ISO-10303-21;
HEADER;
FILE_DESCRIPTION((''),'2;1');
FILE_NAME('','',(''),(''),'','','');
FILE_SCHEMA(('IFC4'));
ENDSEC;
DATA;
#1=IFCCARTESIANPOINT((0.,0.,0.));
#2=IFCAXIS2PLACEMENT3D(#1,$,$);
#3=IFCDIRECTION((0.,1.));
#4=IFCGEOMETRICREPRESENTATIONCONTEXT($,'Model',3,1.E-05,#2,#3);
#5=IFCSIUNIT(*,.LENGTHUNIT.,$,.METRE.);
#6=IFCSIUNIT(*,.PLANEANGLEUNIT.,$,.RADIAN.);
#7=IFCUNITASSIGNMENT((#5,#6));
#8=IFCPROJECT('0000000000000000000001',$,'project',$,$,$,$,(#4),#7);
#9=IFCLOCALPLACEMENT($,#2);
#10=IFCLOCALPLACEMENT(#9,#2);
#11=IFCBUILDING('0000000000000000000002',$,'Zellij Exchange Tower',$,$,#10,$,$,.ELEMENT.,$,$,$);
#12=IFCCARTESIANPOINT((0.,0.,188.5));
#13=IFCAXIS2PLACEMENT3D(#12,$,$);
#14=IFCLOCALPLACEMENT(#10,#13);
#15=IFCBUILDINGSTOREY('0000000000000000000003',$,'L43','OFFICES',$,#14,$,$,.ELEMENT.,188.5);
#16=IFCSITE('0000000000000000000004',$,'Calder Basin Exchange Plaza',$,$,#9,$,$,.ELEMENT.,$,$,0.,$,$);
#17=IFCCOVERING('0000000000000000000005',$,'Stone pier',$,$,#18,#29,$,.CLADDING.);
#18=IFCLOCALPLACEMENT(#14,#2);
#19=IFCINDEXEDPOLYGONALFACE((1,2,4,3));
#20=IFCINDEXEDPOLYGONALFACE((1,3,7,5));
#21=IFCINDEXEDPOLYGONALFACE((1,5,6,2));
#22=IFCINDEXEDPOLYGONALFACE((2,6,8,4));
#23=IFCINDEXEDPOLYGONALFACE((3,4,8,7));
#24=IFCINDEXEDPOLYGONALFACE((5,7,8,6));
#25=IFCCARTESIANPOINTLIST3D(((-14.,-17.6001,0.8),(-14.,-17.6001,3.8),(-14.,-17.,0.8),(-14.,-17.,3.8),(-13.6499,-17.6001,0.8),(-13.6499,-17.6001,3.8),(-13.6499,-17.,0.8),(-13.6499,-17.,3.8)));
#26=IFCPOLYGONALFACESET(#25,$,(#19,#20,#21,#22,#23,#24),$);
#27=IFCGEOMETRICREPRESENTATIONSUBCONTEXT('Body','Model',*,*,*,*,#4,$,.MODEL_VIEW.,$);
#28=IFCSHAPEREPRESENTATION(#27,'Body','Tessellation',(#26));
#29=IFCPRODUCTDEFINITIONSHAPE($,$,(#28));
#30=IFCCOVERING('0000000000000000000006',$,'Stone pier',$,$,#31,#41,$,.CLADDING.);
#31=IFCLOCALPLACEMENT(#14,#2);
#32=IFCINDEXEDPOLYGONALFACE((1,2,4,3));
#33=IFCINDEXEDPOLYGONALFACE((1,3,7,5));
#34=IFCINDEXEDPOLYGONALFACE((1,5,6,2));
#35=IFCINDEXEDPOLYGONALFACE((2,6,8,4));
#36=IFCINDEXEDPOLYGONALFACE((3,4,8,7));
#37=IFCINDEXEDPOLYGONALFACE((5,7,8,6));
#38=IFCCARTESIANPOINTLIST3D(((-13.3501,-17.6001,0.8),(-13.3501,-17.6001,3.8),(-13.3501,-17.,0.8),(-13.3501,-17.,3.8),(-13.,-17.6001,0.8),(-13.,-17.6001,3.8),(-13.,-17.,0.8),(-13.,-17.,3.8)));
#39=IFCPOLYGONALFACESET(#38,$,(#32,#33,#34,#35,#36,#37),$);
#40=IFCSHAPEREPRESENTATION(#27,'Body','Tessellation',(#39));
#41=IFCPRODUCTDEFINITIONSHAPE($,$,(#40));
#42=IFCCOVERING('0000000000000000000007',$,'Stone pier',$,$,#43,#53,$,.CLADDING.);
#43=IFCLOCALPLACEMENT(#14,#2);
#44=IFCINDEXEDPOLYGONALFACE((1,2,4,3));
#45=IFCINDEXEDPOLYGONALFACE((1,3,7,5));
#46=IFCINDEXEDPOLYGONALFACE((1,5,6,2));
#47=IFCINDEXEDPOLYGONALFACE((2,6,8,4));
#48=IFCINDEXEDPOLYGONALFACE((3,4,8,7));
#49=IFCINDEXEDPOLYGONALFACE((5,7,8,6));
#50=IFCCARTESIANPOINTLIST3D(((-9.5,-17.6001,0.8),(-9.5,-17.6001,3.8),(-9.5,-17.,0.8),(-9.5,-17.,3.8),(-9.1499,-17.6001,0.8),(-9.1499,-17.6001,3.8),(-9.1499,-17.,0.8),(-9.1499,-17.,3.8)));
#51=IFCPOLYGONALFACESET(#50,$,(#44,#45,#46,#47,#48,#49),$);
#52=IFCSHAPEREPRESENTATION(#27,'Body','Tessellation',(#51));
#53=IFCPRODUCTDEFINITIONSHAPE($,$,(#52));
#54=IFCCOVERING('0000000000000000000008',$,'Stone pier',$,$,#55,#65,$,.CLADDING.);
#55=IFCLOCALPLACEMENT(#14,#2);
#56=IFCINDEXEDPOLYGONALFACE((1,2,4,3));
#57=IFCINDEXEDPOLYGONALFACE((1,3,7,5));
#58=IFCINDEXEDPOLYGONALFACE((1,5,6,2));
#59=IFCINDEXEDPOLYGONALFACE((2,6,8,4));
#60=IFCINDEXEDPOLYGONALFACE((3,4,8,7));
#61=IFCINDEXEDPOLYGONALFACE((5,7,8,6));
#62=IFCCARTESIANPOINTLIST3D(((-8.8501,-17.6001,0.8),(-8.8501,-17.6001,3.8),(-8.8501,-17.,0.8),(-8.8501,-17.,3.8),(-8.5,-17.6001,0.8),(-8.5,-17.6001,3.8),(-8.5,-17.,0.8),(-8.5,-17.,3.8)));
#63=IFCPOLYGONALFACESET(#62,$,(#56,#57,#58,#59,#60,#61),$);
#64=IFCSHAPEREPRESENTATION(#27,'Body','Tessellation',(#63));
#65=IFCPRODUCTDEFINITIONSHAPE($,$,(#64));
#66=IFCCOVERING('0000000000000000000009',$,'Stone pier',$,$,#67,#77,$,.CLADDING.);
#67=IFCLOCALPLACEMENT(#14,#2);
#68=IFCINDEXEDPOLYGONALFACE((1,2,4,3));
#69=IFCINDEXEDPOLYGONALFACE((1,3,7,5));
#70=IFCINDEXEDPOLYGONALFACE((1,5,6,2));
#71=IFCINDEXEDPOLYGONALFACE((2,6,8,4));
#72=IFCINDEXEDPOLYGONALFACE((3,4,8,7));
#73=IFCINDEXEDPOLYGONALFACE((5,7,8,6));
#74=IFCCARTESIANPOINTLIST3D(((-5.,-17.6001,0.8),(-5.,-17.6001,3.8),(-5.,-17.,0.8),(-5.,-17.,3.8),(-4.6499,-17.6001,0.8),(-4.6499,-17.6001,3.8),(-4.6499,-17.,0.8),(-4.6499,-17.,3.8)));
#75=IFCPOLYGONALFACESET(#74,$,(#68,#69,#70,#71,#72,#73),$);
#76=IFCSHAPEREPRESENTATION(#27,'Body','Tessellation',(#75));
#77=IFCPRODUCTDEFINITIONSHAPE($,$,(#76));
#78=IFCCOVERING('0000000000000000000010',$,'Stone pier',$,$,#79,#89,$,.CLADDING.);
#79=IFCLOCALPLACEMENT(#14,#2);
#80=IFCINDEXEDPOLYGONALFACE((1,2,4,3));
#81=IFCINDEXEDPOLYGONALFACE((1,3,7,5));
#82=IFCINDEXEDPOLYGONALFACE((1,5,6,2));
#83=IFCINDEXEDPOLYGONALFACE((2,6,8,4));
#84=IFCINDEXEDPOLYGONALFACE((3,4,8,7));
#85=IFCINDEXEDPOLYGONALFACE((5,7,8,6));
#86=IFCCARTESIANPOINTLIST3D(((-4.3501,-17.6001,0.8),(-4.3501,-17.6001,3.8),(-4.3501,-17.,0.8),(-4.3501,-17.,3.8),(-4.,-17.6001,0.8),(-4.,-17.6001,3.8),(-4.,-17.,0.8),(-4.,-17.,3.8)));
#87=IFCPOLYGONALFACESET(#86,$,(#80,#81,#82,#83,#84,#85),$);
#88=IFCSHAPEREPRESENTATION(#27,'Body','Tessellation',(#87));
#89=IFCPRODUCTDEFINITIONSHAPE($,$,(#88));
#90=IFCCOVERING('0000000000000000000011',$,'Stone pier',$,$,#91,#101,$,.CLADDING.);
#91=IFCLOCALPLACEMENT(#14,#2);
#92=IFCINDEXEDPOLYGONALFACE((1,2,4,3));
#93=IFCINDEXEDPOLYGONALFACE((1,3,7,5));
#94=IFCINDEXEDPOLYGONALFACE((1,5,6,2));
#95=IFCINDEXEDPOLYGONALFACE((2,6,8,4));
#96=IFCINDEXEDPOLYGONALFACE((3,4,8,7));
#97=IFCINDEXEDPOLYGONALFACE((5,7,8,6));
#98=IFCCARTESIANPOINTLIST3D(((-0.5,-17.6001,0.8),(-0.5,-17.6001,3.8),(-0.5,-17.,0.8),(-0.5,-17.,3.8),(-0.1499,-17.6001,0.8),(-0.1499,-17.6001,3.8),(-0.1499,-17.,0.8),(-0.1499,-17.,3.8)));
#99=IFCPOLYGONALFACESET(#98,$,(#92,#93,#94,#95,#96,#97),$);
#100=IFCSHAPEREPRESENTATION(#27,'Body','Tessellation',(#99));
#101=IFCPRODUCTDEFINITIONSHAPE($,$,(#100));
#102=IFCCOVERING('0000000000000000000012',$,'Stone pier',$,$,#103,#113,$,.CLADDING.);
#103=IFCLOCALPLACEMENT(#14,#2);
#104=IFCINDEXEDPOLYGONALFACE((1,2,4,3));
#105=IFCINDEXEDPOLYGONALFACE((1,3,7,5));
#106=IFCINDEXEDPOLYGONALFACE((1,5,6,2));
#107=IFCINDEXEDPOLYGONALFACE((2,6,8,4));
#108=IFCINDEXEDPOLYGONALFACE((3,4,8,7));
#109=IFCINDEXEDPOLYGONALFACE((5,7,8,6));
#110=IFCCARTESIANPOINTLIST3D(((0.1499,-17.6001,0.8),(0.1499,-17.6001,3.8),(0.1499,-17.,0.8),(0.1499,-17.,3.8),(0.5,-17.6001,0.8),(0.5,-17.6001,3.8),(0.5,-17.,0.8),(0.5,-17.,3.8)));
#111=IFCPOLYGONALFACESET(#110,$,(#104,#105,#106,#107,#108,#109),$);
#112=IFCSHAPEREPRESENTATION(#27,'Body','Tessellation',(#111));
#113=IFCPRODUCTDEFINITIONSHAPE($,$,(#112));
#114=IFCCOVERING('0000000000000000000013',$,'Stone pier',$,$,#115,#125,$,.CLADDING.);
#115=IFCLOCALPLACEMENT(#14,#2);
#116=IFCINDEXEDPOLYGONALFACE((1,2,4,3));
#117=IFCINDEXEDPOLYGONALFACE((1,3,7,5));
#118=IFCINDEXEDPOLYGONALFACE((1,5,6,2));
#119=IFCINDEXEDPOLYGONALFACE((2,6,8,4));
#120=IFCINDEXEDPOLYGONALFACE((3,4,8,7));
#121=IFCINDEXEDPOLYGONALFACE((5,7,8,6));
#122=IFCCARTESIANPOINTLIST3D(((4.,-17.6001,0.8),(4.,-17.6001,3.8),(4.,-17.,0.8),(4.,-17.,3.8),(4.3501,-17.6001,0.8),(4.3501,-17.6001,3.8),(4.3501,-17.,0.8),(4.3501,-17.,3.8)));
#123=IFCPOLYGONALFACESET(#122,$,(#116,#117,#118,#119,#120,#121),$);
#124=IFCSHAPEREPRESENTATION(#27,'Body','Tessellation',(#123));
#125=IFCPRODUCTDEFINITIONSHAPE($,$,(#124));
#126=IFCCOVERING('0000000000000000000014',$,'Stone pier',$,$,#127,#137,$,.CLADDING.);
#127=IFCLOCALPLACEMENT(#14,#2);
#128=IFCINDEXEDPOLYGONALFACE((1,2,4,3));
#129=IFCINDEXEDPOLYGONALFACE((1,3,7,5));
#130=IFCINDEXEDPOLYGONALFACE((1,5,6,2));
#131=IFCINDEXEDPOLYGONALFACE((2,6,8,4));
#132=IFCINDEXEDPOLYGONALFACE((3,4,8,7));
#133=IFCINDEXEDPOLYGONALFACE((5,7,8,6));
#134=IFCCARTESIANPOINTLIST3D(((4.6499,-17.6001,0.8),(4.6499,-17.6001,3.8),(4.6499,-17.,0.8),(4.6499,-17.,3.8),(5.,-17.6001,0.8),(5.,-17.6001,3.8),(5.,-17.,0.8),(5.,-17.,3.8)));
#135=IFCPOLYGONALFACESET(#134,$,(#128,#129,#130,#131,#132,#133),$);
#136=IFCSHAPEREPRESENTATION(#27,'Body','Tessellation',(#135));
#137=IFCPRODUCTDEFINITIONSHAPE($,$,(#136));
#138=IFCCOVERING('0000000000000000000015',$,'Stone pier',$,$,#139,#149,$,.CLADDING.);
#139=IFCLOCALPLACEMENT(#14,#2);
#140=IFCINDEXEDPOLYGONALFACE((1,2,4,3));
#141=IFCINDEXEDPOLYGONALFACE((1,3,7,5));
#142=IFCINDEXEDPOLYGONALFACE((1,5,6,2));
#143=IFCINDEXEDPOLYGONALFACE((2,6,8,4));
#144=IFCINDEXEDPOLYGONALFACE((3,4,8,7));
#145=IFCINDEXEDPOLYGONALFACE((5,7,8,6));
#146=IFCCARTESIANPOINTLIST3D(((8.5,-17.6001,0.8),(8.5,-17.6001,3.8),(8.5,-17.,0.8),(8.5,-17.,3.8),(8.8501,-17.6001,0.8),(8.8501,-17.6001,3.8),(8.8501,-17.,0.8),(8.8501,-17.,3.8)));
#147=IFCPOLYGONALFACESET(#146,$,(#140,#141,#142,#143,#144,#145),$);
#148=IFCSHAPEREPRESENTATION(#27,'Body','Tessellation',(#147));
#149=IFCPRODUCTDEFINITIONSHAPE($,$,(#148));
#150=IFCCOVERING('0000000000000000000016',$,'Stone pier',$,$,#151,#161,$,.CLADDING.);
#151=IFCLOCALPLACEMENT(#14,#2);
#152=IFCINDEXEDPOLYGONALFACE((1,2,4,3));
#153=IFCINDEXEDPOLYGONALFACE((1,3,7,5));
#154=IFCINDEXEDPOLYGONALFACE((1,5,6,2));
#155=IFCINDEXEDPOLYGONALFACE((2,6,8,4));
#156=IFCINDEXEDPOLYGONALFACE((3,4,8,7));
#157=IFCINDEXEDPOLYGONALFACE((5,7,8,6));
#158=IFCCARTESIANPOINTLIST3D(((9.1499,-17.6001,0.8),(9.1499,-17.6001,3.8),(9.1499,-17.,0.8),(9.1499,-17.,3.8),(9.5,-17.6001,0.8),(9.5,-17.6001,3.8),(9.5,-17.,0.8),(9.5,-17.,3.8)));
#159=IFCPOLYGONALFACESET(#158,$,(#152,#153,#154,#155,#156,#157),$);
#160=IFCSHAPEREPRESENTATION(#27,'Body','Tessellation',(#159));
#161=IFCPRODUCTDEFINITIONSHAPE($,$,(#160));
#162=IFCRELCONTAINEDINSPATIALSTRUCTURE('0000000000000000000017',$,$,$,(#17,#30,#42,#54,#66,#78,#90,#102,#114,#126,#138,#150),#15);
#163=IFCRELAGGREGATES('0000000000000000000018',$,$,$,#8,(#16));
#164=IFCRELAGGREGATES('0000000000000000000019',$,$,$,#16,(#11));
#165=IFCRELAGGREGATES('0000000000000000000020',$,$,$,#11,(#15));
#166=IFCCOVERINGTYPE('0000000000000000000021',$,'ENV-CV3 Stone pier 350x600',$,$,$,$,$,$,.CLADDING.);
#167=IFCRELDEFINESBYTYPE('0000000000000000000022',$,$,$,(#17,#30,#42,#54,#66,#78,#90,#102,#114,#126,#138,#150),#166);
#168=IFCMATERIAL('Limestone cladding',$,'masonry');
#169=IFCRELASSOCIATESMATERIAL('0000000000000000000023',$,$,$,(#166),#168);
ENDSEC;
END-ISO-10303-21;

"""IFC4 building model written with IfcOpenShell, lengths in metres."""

from ifc_helpers import new_model, si_unit, direction, frame, origin, place, context, subcontext, project, spatial, polyline, outline, extrude, material, type_object, element, save


model = new_model("IFC4")

# Units and contexts
model_context = context("Model", 3, precision=1e-05, world=origin(), true_north=direction((0.0, 1.0)))
body_context = subcontext(model_context, "Body", "Model", "MODEL_VIEW")
ifc_project = project(units=[si_unit("LENGTHUNIT", "METRE"), si_unit("PLANEANGLEUNIT", "RADIAN")], contexts=[model_context])

# Site, building, storey
site_placement = place(None, origin())
site = spatial("IfcSite", under=ifc_project, at=site_placement, Name="Calder Basin Exchange Plaza", CompositionType="ELEMENT", RefElevation=0.0)
building_placement = place(site_placement, origin())
building = spatial("IfcBuilding", under=site, at=building_placement, Name="Zellij Exchange Tower", CompositionType="ELEMENT")
storey_placement = place(building_placement, frame((0.0, 0.0, 188.5)))
storey = spatial("IfcBuildingStorey", under=building, at=storey_placement, Name="L43", Description="OFFICES", CompositionType="ELEMENT", Elevation=188.5)

# Coverings
ifc_material_1 = material(Name="Limestone cladding", Category="masonry")
covering_type = type_object("IfcCoveringType", Name="ENV-CV3 Stone pier 350x600", PredefinedType="CLADDING", material=ifc_material_1)
covering_1_placement = place(storey_placement, frame((0.0, 0.0, 0.8)))
element("IfcCovering", 1, at=covering_1_placement, inside=storey, type_object=covering_type, Name="Stone pier", PredefinedType="CLADDING", context=body_context, shape_type="SweptSolid", body=[
    extrude(outline(polyline([(-14.0, -17.0), (-13.6499, -17.0), (-13.6499, -17.6001), (-14.0, -17.6001), (-14.0, -17.0)])), origin(), (0.0, 0.0, 1.0), 3.0),
])
covering_2_placement = place(storey_placement, frame((0.0, 0.0, 0.8)))
element("IfcCovering", 2, at=covering_2_placement, inside=storey, type_object=covering_type, Name="Stone pier", PredefinedType="CLADDING", context=body_context, shape_type="SweptSolid", body=[
    extrude(outline(polyline([(-13.3501, -17.0), (-13.0, -17.0), (-13.0, -17.6001), (-13.3501, -17.6001), (-13.3501, -17.0)])), origin(), (0.0, 0.0, 1.0), 3.0),
])
covering_3_placement = place(storey_placement, frame((0.0, 0.0, 0.8)))
element("IfcCovering", 3, at=covering_3_placement, inside=storey, type_object=covering_type, Name="Stone pier", PredefinedType="CLADDING", context=body_context, shape_type="SweptSolid", body=[
    extrude(outline(polyline([(-9.5, -17.0), (-9.1499, -17.0), (-9.1499, -17.6001), (-9.5, -17.6001), (-9.5, -17.0)])), origin(), (0.0, 0.0, 1.0), 3.0),
])
covering_4_placement = place(storey_placement, frame((0.0, 0.0, 0.8)))
element("IfcCovering", 4, at=covering_4_placement, inside=storey, type_object=covering_type, Name="Stone pier", PredefinedType="CLADDING", context=body_context, shape_type="SweptSolid", body=[
    extrude(outline(polyline([(-8.8501, -17.0), (-8.5, -17.0), (-8.5, -17.6001), (-8.8501, -17.6001), (-8.8501, -17.0)])), origin(), (0.0, 0.0, 1.0), 3.0),
])
covering_5_placement = place(storey_placement, frame((0.0, 0.0, 0.8)))
element("IfcCovering", 5, at=covering_5_placement, inside=storey, type_object=covering_type, Name="Stone pier", PredefinedType="CLADDING", context=body_context, shape_type="SweptSolid", body=[
    extrude(outline(polyline([(-5.0, -17.0), (-4.6499, -17.0), (-4.6499, -17.6001), (-5.0, -17.6001), (-5.0, -17.0)])), origin(), (0.0, 0.0, 1.0), 3.0),
])
covering_6_placement = place(storey_placement, frame((0.0, 0.0, 0.8)))
element("IfcCovering", 6, at=covering_6_placement, inside=storey, type_object=covering_type, Name="Stone pier", PredefinedType="CLADDING", context=body_context, shape_type="SweptSolid", body=[
    extrude(outline(polyline([(-4.3501, -17.0), (-4.0, -17.0), (-4.0, -17.6001), (-4.3501, -17.6001), (-4.3501, -17.0)])), origin(), (0.0, 0.0, 1.0), 3.0),
])
covering_7_placement = place(storey_placement, frame((0.0, 0.0, 0.8)))
element("IfcCovering", 7, at=covering_7_placement, inside=storey, type_object=covering_type, Name="Stone pier", PredefinedType="CLADDING", context=body_context, shape_type="SweptSolid", body=[
    extrude(outline(polyline([(-0.5, -17.0), (-0.1499, -17.0), (-0.1499, -17.6001), (-0.5, -17.6001), (-0.5, -17.0)])), origin(), (0.0, 0.0, 1.0), 3.0),
])
covering_8_placement = place(storey_placement, frame((0.0, 0.0, 0.8)))
element("IfcCovering", 8, at=covering_8_placement, inside=storey, type_object=covering_type, Name="Stone pier", PredefinedType="CLADDING", context=body_context, shape_type="SweptSolid", body=[
    extrude(outline(polyline([(0.1499, -17.0), (0.5, -17.0), (0.5, -17.6001), (0.1499, -17.6001), (0.1499, -17.0)])), origin(), (0.0, 0.0, 1.0), 3.0),
])
covering_9_placement = place(storey_placement, frame((0.0, 0.0, 0.8)))
element("IfcCovering", 9, at=covering_9_placement, inside=storey, type_object=covering_type, Name="Stone pier", PredefinedType="CLADDING", context=body_context, shape_type="SweptSolid", body=[
    extrude(outline(polyline([(4.0, -17.0), (4.3501, -17.0), (4.3501, -17.6001), (4.0, -17.6001), (4.0, -17.0)])), origin(), (0.0, 0.0, 1.0), 3.0),
])
covering_10_placement = place(storey_placement, frame((0.0, 0.0, 0.8)))
element("IfcCovering", 10, at=covering_10_placement, inside=storey, type_object=covering_type, Name="Stone pier", PredefinedType="CLADDING", context=body_context, shape_type="SweptSolid", body=[
    extrude(outline(polyline([(4.6499, -17.0), (5.0, -17.0), (5.0, -17.6001), (4.6499, -17.6001), (4.6499, -17.0)])), origin(), (0.0, 0.0, 1.0), 3.0),
])
covering_11_placement = place(storey_placement, frame((0.0, 0.0, 0.8)))
element("IfcCovering", 11, at=covering_11_placement, inside=storey, type_object=covering_type, Name="Stone pier", PredefinedType="CLADDING", context=body_context, shape_type="SweptSolid", body=[
    extrude(outline(polyline([(8.5, -17.0), (8.8501, -17.0), (8.8501, -17.6001), (8.5, -17.6001), (8.5, -17.0)])), origin(), (0.0, 0.0, 1.0), 3.0),
])
covering_12_placement = place(storey_placement, frame((0.0, 0.0, 0.8)))
element("IfcCovering", 12, at=covering_12_placement, inside=storey, type_object=covering_type, Name="Stone pier", PredefinedType="CLADDING", context=body_context, shape_type="SweptSolid", body=[
    extrude(outline(polyline([(9.1499, -17.0), (9.5, -17.0), (9.5, -17.6001), (9.1499, -17.6001), (9.1499, -17.0)])), origin(), (0.0, 0.0, 1.0), 3.0),
])

save(model, "model.ifc")
